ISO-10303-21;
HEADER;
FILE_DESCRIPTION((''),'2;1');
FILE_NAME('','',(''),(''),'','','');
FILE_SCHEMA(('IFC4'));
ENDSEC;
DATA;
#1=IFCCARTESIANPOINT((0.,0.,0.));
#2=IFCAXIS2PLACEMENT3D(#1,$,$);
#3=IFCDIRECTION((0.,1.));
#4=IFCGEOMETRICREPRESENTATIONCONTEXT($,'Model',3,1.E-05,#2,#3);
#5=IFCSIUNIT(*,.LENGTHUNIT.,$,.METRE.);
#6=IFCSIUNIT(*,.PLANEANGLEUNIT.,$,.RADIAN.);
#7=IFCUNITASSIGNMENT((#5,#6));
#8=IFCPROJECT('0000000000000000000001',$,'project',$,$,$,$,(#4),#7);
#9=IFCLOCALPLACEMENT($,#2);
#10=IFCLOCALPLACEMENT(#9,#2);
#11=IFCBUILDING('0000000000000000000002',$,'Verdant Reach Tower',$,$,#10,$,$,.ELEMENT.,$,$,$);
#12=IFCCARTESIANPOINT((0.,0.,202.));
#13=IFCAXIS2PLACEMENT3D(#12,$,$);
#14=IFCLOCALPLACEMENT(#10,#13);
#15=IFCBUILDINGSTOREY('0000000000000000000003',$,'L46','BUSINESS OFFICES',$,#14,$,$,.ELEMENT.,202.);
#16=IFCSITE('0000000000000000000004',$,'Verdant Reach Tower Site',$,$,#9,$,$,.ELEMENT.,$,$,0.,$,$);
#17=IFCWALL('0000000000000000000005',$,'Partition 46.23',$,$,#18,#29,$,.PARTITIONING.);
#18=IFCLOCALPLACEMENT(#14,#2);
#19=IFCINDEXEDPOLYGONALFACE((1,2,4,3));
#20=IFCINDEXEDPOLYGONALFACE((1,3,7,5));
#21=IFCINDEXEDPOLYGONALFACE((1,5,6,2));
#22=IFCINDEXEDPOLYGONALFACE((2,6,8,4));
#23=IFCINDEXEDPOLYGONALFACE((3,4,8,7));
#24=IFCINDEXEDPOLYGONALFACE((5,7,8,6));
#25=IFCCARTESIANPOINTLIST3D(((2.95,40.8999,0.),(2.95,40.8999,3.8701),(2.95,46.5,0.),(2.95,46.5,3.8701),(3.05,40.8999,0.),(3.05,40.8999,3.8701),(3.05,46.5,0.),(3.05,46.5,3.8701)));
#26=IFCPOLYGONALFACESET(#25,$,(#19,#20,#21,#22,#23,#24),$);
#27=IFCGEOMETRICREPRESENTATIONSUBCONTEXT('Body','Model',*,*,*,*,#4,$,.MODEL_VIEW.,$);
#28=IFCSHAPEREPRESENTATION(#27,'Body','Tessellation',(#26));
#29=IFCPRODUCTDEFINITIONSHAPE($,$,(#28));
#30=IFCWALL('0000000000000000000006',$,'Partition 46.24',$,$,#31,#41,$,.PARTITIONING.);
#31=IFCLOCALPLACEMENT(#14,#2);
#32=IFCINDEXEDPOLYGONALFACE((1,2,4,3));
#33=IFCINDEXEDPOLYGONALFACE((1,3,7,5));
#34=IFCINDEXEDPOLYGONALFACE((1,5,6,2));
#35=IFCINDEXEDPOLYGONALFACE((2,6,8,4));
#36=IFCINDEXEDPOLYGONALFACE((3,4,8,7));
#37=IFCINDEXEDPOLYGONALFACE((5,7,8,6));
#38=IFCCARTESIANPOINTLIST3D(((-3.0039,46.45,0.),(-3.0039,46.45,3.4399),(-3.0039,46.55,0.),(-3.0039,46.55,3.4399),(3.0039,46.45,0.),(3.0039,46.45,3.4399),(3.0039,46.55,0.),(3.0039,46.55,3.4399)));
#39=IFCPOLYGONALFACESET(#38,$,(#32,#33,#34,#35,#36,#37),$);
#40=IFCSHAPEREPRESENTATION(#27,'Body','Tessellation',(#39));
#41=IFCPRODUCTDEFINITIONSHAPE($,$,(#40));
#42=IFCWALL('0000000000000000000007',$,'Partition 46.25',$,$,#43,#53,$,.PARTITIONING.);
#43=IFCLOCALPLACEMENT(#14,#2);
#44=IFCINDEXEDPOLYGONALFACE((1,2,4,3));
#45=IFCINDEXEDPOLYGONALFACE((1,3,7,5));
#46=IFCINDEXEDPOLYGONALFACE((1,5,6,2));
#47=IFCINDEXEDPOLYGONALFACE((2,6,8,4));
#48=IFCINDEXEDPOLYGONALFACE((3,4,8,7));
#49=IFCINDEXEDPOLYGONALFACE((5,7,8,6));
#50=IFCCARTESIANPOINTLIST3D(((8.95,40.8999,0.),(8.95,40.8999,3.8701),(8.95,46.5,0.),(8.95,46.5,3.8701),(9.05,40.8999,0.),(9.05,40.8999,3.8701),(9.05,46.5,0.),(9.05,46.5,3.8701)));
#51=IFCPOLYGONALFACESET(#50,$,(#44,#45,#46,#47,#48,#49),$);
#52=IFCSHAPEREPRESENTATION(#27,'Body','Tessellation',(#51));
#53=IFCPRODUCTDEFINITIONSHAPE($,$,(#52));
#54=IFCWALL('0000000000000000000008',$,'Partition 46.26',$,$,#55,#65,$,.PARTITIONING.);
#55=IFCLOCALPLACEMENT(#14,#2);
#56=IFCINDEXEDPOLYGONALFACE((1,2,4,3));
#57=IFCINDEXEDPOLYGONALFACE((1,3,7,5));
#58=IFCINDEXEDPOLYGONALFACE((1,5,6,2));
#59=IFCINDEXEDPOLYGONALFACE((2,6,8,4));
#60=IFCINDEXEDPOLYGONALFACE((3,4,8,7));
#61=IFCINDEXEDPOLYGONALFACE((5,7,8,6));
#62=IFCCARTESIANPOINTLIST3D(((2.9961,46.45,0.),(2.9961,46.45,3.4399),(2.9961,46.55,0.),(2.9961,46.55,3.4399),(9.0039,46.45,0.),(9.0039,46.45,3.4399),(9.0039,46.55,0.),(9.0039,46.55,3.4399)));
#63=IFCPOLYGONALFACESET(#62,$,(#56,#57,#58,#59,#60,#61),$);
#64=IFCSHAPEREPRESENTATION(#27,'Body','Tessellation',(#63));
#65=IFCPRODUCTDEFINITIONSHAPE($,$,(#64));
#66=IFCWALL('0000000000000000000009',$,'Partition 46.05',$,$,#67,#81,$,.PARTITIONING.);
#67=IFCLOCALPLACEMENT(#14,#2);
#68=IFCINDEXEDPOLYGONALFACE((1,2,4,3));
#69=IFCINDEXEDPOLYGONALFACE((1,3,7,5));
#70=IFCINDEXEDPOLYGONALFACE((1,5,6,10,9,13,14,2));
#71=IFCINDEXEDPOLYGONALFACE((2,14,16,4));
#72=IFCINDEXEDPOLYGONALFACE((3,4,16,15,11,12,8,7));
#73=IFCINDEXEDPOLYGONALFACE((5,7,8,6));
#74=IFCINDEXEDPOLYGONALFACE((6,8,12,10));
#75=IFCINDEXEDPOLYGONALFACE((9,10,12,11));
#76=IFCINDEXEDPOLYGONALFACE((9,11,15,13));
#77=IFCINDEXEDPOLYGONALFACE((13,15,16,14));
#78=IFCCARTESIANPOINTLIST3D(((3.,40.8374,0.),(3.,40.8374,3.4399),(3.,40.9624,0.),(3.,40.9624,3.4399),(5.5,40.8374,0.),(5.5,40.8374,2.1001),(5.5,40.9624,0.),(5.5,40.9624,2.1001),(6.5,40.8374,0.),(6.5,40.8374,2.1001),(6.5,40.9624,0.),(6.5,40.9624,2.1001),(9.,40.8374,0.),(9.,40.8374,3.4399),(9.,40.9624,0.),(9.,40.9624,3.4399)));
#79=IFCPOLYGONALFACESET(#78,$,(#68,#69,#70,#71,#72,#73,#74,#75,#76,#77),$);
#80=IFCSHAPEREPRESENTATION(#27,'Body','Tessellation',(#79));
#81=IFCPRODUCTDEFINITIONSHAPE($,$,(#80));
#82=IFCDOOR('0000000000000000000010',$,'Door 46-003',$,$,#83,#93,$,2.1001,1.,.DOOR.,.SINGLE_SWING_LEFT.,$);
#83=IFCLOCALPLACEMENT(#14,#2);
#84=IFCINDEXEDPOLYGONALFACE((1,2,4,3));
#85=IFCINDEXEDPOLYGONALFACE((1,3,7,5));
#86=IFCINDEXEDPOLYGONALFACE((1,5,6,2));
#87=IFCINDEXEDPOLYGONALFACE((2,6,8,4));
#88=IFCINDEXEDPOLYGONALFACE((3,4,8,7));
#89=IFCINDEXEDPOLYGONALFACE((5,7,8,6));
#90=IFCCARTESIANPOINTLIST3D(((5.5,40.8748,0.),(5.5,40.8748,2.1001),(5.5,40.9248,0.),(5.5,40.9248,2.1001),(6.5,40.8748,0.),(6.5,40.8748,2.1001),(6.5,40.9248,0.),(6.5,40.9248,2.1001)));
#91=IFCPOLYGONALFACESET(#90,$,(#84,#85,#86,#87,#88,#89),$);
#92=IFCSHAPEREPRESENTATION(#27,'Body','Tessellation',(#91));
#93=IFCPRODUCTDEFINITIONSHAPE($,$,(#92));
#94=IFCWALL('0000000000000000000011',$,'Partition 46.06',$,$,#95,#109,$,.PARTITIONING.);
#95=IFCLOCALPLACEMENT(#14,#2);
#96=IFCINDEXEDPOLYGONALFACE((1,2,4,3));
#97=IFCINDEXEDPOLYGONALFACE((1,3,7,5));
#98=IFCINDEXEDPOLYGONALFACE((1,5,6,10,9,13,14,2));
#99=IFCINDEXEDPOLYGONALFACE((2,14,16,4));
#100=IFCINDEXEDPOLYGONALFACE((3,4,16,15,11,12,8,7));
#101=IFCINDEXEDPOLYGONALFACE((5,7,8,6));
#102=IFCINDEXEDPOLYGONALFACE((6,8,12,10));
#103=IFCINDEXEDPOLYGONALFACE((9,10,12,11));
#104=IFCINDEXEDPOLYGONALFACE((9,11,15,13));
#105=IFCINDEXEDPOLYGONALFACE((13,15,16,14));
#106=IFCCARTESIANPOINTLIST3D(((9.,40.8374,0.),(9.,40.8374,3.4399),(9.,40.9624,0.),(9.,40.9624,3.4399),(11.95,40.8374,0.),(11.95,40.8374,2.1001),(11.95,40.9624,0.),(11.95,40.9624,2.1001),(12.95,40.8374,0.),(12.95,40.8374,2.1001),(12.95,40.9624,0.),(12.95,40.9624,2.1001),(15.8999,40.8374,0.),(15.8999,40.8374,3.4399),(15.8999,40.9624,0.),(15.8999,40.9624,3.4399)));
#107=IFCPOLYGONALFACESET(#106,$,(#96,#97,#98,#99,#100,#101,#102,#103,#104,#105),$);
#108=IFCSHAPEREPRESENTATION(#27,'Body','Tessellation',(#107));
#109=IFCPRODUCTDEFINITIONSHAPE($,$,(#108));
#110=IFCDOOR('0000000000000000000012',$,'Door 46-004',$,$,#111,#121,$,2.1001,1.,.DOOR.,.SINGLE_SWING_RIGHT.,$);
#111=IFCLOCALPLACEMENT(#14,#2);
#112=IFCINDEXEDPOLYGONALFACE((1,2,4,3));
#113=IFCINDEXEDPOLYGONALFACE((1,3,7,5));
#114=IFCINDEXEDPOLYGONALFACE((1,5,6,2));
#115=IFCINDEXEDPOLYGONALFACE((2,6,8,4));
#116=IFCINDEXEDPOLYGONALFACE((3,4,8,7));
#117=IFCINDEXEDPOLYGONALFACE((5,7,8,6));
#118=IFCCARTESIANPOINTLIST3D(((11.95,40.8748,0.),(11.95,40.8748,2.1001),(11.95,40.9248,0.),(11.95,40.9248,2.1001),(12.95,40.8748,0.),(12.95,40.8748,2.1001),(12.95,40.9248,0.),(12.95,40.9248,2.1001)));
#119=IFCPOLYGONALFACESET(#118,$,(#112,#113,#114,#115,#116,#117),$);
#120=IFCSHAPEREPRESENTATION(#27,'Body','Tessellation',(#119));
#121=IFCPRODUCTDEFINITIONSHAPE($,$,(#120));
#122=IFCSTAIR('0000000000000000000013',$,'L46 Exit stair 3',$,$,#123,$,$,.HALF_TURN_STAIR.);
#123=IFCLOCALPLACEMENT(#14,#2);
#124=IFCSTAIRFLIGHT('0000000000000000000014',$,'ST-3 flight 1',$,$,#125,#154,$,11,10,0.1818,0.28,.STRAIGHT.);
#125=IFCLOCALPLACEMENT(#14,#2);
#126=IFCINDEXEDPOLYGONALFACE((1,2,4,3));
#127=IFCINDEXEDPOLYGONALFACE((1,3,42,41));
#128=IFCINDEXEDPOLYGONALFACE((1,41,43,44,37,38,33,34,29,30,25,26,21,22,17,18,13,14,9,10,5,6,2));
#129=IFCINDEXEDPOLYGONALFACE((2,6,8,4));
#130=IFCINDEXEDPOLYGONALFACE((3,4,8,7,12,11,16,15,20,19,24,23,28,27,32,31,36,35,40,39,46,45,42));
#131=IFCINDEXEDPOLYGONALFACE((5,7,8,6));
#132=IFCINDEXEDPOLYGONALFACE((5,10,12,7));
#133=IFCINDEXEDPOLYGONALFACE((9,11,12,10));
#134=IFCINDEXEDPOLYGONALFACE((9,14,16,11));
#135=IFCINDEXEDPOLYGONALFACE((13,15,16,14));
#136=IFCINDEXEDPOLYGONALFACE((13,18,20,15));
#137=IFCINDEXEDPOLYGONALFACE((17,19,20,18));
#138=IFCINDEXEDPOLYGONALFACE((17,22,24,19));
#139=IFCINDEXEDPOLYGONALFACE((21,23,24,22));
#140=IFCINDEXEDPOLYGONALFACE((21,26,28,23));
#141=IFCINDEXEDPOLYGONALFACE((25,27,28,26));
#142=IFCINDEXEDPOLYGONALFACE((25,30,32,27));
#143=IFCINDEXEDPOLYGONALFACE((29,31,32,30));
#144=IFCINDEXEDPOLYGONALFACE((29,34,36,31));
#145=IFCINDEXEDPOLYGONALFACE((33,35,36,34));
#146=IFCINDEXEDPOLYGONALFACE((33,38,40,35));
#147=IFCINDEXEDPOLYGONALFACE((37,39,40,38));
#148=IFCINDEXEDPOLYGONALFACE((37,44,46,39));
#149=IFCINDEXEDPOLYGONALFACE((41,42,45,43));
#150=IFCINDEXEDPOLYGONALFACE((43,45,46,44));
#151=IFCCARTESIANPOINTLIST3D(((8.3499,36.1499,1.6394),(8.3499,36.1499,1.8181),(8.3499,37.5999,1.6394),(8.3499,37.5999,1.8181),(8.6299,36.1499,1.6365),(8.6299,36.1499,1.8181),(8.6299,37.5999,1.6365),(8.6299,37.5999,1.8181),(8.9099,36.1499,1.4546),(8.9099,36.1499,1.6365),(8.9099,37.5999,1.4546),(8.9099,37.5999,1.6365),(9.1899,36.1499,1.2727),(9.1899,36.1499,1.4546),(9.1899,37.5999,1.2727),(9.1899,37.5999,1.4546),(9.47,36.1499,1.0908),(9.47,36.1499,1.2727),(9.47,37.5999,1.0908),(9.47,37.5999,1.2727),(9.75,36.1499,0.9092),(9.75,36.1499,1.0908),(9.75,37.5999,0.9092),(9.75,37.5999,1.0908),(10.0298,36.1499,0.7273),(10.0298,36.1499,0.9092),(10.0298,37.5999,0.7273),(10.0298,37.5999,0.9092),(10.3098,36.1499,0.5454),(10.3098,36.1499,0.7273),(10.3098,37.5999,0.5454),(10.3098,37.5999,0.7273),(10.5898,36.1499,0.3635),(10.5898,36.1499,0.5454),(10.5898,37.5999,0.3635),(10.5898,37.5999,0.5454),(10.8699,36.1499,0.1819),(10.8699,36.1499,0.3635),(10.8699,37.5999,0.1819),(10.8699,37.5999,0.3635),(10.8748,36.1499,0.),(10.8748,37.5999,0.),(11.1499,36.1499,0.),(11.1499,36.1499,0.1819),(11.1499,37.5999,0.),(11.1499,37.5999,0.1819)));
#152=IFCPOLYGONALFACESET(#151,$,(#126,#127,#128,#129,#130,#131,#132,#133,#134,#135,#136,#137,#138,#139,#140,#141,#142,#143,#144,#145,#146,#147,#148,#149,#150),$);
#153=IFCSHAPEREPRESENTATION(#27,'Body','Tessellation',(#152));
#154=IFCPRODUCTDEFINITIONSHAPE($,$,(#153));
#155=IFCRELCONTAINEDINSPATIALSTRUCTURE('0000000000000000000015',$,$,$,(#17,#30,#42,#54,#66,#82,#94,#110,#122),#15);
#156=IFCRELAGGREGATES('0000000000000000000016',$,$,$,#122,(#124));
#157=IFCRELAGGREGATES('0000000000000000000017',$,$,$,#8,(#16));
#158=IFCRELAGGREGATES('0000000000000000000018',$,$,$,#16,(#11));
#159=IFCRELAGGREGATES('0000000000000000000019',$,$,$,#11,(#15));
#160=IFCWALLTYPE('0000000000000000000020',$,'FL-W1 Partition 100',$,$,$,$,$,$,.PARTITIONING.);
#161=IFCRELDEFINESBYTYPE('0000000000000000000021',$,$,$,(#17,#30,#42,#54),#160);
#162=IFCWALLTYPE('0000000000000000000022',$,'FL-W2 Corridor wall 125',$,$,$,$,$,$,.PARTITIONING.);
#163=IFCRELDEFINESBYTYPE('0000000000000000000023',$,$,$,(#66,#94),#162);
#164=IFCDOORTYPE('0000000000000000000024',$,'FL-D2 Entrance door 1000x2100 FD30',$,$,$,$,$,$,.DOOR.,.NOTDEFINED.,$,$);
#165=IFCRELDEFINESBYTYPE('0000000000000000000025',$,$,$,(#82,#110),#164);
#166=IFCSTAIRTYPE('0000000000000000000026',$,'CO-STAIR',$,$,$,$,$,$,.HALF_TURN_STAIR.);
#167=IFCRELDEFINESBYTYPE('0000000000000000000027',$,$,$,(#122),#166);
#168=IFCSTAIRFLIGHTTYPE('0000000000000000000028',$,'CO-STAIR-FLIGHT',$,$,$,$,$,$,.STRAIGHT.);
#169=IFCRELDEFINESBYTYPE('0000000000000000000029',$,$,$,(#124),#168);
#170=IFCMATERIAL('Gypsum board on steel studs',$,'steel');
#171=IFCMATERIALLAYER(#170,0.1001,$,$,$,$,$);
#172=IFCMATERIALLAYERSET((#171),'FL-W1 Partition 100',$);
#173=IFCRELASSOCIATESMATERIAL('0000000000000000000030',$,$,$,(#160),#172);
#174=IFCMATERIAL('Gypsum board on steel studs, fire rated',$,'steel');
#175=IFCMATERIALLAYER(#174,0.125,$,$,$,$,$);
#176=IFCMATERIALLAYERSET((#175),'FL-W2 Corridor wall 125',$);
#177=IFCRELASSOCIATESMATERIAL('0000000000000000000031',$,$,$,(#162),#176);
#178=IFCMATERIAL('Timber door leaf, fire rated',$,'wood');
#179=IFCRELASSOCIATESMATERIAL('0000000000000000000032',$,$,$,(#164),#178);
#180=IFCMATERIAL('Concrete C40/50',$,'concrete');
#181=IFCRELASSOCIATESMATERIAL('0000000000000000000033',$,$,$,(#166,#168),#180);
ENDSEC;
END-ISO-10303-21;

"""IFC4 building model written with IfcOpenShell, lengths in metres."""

from ifc_helpers import new_model, si_unit, direction, frame, frame_2d, origin, place, context, subcontext, project, spatial, polyline, rectangle, outline, extrude, material, layer, layer_set, type_object, element, fill, aggregate, save


model = new_model("IFC4")

# Units and contexts
model_context = context("Model", 3, precision=1e-05, world=origin(), true_north=direction((0.0, 1.0)))
body_context = subcontext(model_context, "Body", "Model", "MODEL_VIEW")
ifc_project = project(units=[si_unit("LENGTHUNIT", "METRE"), si_unit("PLANEANGLEUNIT", "RADIAN")], contexts=[model_context])

# Site, building, storey
site_placement = place(None, origin())
site = spatial("IfcSite", under=ifc_project, at=site_placement, Name="Verdant Reach Tower Site", CompositionType="ELEMENT", RefElevation=0.0)
building_placement = place(site_placement, origin())
building = spatial("IfcBuilding", under=site, at=building_placement, Name="Verdant Reach Tower", CompositionType="ELEMENT")
storey_placement = place(building_placement, frame((0.0, 0.0, 202.0)))
storey = spatial("IfcBuildingStorey", under=building, at=storey_placement, Name="L46", Description="BUSINESS OFFICES", CompositionType="ELEMENT", Elevation=202.0)

# Walls
ifc_material_1 = material(Name="Gypsum board on steel studs", Category="steel")
ifc_layer_1 = layer(ifc_material_1, 0.1001)
ifc_layer_set_1 = layer_set([ifc_layer_1], Name="FL-W1 Partition 100")
wall_type_1 = type_object("IfcWallType", Name="FL-W1 Partition 100", PredefinedType="PARTITIONING", material=ifc_layer_set_1)
wall_1_placement = place(storey_placement, frame((3.0, 40.8999, 0.0), z_axis=(0.0, 0.0, 1.0), x_axis=(0.0, 1.0, 0.0)))
element("IfcWall", 1, at=wall_1_placement, inside=storey, type_object=wall_type_1, Name="Partition 46.23", PredefinedType="PARTITIONING", context=body_context, shape_type="SweptSolid", body=[
    extrude(rectangle(XDim=5.6001, YDim=0.1001, at=frame_2d((2.8, 0.0))), origin(), (0.0, 0.0, 1.0), 3.8701),
])
wall_2_placement = place(storey_placement, frame((3.0039, 46.5, 0.0), z_axis=(0.0, 0.0, 1.0), x_axis=(-1.0, 0.0, 0.0)))
element("IfcWall", 2, at=wall_2_placement, inside=storey, type_object=wall_type_1, Name="Partition 46.24", PredefinedType="PARTITIONING", context=body_context, shape_type="SweptSolid", body=[
    extrude(rectangle(XDim=6.0078, YDim=0.1001, at=frame_2d((3.0039, 0.0))), origin(), (0.0, 0.0, 1.0), 3.4399),
])
wall_3_placement = place(storey_placement, frame((9.0, 40.8999, 0.0), z_axis=(0.0, 0.0, 1.0), x_axis=(0.0, 1.0, 0.0)))
element("IfcWall", 3, at=wall_3_placement, inside=storey, type_object=wall_type_1, Name="Partition 46.25", PredefinedType="PARTITIONING", context=body_context, shape_type="SweptSolid", body=[
    extrude(rectangle(XDim=5.6001, YDim=0.1001, at=frame_2d((2.8, 0.0))), origin(), (0.0, 0.0, 1.0), 3.8701),
])
wall_4_placement = place(storey_placement, frame((9.0039, 46.5, 0.0), z_axis=(0.0, 0.0, 1.0), x_axis=(-1.0, 0.0, 0.0)))
element("IfcWall", 4, at=wall_4_placement, inside=storey, type_object=wall_type_1, Name="Partition 46.26", PredefinedType="PARTITIONING", context=body_context, shape_type="SweptSolid", body=[
    extrude(rectangle(XDim=6.0078, YDim=0.1001, at=frame_2d((3.0039, 0.0))), origin(), (0.0, 0.0, 1.0), 3.4399),
])

# Walls, openings, doors
ifc_material_2 = material(Name="Gypsum board on steel studs, fire rated", Category="steel")
ifc_layer_2 = layer(ifc_material_2, 0.125)
ifc_layer_set_2 = layer_set([ifc_layer_2], Name="FL-W2 Corridor wall 125")
wall_type_2 = type_object("IfcWallType", Name="FL-W2 Corridor wall 125", PredefinedType="PARTITIONING", material=ifc_layer_set_2)
wall_5_placement = place(storey_placement, frame((3.0, 40.8999, 0.0), z_axis=(0.0, 0.0, 1.0), x_axis=(1.0, 0.0, 0.0)))
wall_5 = element("IfcWall", 5, at=wall_5_placement, inside=storey, type_object=wall_type_2, Name="Partition 46.05", PredefinedType="PARTITIONING", context=body_context, shape_type="SweptSolid", body=[
    extrude(rectangle(XDim=6.0, YDim=0.125, at=frame_2d((3.0, 0.0))), origin(), (0.0, 0.0, 1.0), 3.4399),
])
opening_1_placement = place(wall_5_placement, frame((2.5, 0.0, 0.0)))
opening_1 = element("IfcOpeningElement", 6, at=opening_1_placement, cuts=wall_5, PredefinedType="OPENING", context=body_context, shape_type="SweptSolid", body=[
    extrude(rectangle(XDim=1.0, YDim=2.1001, at=frame_2d((0.5, 1.05))), frame((0.0, 0.0725, 0.0), z_axis=(0.0, -1.0, 0.0), x_axis=(1.0, 0.0, 0.0)), (0.0, 0.0, 1.0), 0.145),
])
ifc_material_3 = material(Name="Timber door leaf, fire rated", Category="wood")
door_type = type_object("IfcDoorType", Name="FL-D2 Entrance door 1000x2100 FD30", OperationType="NOTDEFINED", PredefinedType="DOOR", material=ifc_material_3)
door_1_placement = place(opening_1_placement, origin())
door_1 = element("IfcDoor", 7, at=door_1_placement, inside=storey, type_object=door_type, Name="Door 46-003", OperationType="SINGLE_SWING_LEFT", OverallHeight=2.1001, OverallWidth=1.0, PredefinedType="DOOR", context=body_context, shape_type="SweptSolid", body=[
    extrude(rectangle(XDim=1.0, YDim=2.1001, at=frame_2d((0.5, 1.05))), frame((0.0, 0.0249, 0.0), z_axis=(0.0, -1.0, 0.0), x_axis=(1.0, 0.0, 0.0)), (0.0, 0.0, 1.0), 0.05),
])
fill(opening_1, door_1)
wall_6_placement = place(storey_placement, frame((9.0, 40.8999, 0.0), z_axis=(0.0, 0.0, 1.0), x_axis=(1.0, 0.0, 0.0)))
wall_6 = element("IfcWall", 8, at=wall_6_placement, inside=storey, type_object=wall_type_2, Name="Partition 46.06", PredefinedType="PARTITIONING", context=body_context, shape_type="SweptSolid", body=[
    extrude(rectangle(XDim=6.8999, YDim=0.125, at=frame_2d((3.45, 0.0))), origin(), (0.0, 0.0, 1.0), 3.4399),
])
opening_2_placement = place(wall_6_placement, frame((2.95, 0.0, 0.0)))
opening_2 = element("IfcOpeningElement", 9, at=opening_2_placement, cuts=wall_6, PredefinedType="OPENING", context=body_context, shape_type="SweptSolid", body=[
    extrude(rectangle(XDim=1.0, YDim=2.1001, at=frame_2d((0.5, 1.05))), frame((0.0, 0.0725, 0.0), z_axis=(0.0, -1.0, 0.0), x_axis=(1.0, 0.0, 0.0)), (0.0, 0.0, 1.0), 0.145),
])
door_2_placement = place(opening_2_placement, origin())
door_2 = element("IfcDoor", 10, at=door_2_placement, inside=storey, type_object=door_type, Name="Door 46-004", OperationType="SINGLE_SWING_RIGHT", OverallHeight=2.1001, OverallWidth=1.0, PredefinedType="DOOR", context=body_context, shape_type="SweptSolid", body=[
    extrude(rectangle(XDim=1.0, YDim=2.1001, at=frame_2d((0.5, 1.05))), frame((0.0, 0.0249, 0.0), z_axis=(0.0, -1.0, 0.0), x_axis=(1.0, 0.0, 0.0)), (0.0, 0.0, 1.0), 0.05),
])
fill(opening_2, door_2)

# Stair, stair flight
ifc_material_4 = material(Name="Concrete C40/50", Category="concrete")
stair_type = type_object("IfcStairType", Name="CO-STAIR", PredefinedType="HALF_TURN_STAIR", material=ifc_material_4)
stair_placement = place(storey_placement, origin())
stair = element("IfcStair", 11, at=stair_placement, inside=storey, type_object=stair_type, Name="L46 Exit stair 3", PredefinedType="HALF_TURN_STAIR")
stair_flight_type = type_object("IfcStairFlightType", Name="CO-STAIR-FLIGHT", PredefinedType="STRAIGHT", material=ifc_material_4)
stair_flight_placement = place(storey_placement, frame((11.1499, 36.875, 0.0), z_axis=(0.0, 0.0, 1.0), x_axis=(-1.0, 0.0, 0.0)))
stair_flight = element("IfcStairFlight", 12, at=stair_flight_placement, type_object=stair_flight_type, Name="ST-3 flight 1", NumberOfRisers=11, NumberOfTreads=10, PredefinedType="STRAIGHT", RiserHeight=0.1818, TreadLength=0.28, context=body_context, shape_type="SweptSolid", body=[
    extrude(outline(polyline([(0.0, 0.0), (0.0, 0.1819), (0.28, 0.1819), (0.28, 0.3635), (0.5601, 0.3635), (0.5601, 0.5454), (0.8401, 0.5454), (0.8401, 0.7273), (1.1201, 0.7273), (1.1201, 0.9092), (1.3999, 0.9092), (1.3999, 1.0908), (1.6799, 1.0908), (1.6799, 1.2727), (1.96, 1.2727), (1.96, 1.4546), (2.24, 1.4546), (2.24, 1.6365), (2.52, 1.6365), (2.52, 1.8181), (2.8, 1.8181), (2.8, 2.0), (2.8, 1.6394), (0.2751, 0.0), (0.0, 0.0)])), frame((0.0, 0.7251, 0.0), z_axis=(0.0, -1.0, 0.0), x_axis=(1.0, 0.0, 0.0)), (0.0, 0.0, 1.0), 1.45),
])
aggregate(stair, [stair_flight])

save(model, "model.ifc")
